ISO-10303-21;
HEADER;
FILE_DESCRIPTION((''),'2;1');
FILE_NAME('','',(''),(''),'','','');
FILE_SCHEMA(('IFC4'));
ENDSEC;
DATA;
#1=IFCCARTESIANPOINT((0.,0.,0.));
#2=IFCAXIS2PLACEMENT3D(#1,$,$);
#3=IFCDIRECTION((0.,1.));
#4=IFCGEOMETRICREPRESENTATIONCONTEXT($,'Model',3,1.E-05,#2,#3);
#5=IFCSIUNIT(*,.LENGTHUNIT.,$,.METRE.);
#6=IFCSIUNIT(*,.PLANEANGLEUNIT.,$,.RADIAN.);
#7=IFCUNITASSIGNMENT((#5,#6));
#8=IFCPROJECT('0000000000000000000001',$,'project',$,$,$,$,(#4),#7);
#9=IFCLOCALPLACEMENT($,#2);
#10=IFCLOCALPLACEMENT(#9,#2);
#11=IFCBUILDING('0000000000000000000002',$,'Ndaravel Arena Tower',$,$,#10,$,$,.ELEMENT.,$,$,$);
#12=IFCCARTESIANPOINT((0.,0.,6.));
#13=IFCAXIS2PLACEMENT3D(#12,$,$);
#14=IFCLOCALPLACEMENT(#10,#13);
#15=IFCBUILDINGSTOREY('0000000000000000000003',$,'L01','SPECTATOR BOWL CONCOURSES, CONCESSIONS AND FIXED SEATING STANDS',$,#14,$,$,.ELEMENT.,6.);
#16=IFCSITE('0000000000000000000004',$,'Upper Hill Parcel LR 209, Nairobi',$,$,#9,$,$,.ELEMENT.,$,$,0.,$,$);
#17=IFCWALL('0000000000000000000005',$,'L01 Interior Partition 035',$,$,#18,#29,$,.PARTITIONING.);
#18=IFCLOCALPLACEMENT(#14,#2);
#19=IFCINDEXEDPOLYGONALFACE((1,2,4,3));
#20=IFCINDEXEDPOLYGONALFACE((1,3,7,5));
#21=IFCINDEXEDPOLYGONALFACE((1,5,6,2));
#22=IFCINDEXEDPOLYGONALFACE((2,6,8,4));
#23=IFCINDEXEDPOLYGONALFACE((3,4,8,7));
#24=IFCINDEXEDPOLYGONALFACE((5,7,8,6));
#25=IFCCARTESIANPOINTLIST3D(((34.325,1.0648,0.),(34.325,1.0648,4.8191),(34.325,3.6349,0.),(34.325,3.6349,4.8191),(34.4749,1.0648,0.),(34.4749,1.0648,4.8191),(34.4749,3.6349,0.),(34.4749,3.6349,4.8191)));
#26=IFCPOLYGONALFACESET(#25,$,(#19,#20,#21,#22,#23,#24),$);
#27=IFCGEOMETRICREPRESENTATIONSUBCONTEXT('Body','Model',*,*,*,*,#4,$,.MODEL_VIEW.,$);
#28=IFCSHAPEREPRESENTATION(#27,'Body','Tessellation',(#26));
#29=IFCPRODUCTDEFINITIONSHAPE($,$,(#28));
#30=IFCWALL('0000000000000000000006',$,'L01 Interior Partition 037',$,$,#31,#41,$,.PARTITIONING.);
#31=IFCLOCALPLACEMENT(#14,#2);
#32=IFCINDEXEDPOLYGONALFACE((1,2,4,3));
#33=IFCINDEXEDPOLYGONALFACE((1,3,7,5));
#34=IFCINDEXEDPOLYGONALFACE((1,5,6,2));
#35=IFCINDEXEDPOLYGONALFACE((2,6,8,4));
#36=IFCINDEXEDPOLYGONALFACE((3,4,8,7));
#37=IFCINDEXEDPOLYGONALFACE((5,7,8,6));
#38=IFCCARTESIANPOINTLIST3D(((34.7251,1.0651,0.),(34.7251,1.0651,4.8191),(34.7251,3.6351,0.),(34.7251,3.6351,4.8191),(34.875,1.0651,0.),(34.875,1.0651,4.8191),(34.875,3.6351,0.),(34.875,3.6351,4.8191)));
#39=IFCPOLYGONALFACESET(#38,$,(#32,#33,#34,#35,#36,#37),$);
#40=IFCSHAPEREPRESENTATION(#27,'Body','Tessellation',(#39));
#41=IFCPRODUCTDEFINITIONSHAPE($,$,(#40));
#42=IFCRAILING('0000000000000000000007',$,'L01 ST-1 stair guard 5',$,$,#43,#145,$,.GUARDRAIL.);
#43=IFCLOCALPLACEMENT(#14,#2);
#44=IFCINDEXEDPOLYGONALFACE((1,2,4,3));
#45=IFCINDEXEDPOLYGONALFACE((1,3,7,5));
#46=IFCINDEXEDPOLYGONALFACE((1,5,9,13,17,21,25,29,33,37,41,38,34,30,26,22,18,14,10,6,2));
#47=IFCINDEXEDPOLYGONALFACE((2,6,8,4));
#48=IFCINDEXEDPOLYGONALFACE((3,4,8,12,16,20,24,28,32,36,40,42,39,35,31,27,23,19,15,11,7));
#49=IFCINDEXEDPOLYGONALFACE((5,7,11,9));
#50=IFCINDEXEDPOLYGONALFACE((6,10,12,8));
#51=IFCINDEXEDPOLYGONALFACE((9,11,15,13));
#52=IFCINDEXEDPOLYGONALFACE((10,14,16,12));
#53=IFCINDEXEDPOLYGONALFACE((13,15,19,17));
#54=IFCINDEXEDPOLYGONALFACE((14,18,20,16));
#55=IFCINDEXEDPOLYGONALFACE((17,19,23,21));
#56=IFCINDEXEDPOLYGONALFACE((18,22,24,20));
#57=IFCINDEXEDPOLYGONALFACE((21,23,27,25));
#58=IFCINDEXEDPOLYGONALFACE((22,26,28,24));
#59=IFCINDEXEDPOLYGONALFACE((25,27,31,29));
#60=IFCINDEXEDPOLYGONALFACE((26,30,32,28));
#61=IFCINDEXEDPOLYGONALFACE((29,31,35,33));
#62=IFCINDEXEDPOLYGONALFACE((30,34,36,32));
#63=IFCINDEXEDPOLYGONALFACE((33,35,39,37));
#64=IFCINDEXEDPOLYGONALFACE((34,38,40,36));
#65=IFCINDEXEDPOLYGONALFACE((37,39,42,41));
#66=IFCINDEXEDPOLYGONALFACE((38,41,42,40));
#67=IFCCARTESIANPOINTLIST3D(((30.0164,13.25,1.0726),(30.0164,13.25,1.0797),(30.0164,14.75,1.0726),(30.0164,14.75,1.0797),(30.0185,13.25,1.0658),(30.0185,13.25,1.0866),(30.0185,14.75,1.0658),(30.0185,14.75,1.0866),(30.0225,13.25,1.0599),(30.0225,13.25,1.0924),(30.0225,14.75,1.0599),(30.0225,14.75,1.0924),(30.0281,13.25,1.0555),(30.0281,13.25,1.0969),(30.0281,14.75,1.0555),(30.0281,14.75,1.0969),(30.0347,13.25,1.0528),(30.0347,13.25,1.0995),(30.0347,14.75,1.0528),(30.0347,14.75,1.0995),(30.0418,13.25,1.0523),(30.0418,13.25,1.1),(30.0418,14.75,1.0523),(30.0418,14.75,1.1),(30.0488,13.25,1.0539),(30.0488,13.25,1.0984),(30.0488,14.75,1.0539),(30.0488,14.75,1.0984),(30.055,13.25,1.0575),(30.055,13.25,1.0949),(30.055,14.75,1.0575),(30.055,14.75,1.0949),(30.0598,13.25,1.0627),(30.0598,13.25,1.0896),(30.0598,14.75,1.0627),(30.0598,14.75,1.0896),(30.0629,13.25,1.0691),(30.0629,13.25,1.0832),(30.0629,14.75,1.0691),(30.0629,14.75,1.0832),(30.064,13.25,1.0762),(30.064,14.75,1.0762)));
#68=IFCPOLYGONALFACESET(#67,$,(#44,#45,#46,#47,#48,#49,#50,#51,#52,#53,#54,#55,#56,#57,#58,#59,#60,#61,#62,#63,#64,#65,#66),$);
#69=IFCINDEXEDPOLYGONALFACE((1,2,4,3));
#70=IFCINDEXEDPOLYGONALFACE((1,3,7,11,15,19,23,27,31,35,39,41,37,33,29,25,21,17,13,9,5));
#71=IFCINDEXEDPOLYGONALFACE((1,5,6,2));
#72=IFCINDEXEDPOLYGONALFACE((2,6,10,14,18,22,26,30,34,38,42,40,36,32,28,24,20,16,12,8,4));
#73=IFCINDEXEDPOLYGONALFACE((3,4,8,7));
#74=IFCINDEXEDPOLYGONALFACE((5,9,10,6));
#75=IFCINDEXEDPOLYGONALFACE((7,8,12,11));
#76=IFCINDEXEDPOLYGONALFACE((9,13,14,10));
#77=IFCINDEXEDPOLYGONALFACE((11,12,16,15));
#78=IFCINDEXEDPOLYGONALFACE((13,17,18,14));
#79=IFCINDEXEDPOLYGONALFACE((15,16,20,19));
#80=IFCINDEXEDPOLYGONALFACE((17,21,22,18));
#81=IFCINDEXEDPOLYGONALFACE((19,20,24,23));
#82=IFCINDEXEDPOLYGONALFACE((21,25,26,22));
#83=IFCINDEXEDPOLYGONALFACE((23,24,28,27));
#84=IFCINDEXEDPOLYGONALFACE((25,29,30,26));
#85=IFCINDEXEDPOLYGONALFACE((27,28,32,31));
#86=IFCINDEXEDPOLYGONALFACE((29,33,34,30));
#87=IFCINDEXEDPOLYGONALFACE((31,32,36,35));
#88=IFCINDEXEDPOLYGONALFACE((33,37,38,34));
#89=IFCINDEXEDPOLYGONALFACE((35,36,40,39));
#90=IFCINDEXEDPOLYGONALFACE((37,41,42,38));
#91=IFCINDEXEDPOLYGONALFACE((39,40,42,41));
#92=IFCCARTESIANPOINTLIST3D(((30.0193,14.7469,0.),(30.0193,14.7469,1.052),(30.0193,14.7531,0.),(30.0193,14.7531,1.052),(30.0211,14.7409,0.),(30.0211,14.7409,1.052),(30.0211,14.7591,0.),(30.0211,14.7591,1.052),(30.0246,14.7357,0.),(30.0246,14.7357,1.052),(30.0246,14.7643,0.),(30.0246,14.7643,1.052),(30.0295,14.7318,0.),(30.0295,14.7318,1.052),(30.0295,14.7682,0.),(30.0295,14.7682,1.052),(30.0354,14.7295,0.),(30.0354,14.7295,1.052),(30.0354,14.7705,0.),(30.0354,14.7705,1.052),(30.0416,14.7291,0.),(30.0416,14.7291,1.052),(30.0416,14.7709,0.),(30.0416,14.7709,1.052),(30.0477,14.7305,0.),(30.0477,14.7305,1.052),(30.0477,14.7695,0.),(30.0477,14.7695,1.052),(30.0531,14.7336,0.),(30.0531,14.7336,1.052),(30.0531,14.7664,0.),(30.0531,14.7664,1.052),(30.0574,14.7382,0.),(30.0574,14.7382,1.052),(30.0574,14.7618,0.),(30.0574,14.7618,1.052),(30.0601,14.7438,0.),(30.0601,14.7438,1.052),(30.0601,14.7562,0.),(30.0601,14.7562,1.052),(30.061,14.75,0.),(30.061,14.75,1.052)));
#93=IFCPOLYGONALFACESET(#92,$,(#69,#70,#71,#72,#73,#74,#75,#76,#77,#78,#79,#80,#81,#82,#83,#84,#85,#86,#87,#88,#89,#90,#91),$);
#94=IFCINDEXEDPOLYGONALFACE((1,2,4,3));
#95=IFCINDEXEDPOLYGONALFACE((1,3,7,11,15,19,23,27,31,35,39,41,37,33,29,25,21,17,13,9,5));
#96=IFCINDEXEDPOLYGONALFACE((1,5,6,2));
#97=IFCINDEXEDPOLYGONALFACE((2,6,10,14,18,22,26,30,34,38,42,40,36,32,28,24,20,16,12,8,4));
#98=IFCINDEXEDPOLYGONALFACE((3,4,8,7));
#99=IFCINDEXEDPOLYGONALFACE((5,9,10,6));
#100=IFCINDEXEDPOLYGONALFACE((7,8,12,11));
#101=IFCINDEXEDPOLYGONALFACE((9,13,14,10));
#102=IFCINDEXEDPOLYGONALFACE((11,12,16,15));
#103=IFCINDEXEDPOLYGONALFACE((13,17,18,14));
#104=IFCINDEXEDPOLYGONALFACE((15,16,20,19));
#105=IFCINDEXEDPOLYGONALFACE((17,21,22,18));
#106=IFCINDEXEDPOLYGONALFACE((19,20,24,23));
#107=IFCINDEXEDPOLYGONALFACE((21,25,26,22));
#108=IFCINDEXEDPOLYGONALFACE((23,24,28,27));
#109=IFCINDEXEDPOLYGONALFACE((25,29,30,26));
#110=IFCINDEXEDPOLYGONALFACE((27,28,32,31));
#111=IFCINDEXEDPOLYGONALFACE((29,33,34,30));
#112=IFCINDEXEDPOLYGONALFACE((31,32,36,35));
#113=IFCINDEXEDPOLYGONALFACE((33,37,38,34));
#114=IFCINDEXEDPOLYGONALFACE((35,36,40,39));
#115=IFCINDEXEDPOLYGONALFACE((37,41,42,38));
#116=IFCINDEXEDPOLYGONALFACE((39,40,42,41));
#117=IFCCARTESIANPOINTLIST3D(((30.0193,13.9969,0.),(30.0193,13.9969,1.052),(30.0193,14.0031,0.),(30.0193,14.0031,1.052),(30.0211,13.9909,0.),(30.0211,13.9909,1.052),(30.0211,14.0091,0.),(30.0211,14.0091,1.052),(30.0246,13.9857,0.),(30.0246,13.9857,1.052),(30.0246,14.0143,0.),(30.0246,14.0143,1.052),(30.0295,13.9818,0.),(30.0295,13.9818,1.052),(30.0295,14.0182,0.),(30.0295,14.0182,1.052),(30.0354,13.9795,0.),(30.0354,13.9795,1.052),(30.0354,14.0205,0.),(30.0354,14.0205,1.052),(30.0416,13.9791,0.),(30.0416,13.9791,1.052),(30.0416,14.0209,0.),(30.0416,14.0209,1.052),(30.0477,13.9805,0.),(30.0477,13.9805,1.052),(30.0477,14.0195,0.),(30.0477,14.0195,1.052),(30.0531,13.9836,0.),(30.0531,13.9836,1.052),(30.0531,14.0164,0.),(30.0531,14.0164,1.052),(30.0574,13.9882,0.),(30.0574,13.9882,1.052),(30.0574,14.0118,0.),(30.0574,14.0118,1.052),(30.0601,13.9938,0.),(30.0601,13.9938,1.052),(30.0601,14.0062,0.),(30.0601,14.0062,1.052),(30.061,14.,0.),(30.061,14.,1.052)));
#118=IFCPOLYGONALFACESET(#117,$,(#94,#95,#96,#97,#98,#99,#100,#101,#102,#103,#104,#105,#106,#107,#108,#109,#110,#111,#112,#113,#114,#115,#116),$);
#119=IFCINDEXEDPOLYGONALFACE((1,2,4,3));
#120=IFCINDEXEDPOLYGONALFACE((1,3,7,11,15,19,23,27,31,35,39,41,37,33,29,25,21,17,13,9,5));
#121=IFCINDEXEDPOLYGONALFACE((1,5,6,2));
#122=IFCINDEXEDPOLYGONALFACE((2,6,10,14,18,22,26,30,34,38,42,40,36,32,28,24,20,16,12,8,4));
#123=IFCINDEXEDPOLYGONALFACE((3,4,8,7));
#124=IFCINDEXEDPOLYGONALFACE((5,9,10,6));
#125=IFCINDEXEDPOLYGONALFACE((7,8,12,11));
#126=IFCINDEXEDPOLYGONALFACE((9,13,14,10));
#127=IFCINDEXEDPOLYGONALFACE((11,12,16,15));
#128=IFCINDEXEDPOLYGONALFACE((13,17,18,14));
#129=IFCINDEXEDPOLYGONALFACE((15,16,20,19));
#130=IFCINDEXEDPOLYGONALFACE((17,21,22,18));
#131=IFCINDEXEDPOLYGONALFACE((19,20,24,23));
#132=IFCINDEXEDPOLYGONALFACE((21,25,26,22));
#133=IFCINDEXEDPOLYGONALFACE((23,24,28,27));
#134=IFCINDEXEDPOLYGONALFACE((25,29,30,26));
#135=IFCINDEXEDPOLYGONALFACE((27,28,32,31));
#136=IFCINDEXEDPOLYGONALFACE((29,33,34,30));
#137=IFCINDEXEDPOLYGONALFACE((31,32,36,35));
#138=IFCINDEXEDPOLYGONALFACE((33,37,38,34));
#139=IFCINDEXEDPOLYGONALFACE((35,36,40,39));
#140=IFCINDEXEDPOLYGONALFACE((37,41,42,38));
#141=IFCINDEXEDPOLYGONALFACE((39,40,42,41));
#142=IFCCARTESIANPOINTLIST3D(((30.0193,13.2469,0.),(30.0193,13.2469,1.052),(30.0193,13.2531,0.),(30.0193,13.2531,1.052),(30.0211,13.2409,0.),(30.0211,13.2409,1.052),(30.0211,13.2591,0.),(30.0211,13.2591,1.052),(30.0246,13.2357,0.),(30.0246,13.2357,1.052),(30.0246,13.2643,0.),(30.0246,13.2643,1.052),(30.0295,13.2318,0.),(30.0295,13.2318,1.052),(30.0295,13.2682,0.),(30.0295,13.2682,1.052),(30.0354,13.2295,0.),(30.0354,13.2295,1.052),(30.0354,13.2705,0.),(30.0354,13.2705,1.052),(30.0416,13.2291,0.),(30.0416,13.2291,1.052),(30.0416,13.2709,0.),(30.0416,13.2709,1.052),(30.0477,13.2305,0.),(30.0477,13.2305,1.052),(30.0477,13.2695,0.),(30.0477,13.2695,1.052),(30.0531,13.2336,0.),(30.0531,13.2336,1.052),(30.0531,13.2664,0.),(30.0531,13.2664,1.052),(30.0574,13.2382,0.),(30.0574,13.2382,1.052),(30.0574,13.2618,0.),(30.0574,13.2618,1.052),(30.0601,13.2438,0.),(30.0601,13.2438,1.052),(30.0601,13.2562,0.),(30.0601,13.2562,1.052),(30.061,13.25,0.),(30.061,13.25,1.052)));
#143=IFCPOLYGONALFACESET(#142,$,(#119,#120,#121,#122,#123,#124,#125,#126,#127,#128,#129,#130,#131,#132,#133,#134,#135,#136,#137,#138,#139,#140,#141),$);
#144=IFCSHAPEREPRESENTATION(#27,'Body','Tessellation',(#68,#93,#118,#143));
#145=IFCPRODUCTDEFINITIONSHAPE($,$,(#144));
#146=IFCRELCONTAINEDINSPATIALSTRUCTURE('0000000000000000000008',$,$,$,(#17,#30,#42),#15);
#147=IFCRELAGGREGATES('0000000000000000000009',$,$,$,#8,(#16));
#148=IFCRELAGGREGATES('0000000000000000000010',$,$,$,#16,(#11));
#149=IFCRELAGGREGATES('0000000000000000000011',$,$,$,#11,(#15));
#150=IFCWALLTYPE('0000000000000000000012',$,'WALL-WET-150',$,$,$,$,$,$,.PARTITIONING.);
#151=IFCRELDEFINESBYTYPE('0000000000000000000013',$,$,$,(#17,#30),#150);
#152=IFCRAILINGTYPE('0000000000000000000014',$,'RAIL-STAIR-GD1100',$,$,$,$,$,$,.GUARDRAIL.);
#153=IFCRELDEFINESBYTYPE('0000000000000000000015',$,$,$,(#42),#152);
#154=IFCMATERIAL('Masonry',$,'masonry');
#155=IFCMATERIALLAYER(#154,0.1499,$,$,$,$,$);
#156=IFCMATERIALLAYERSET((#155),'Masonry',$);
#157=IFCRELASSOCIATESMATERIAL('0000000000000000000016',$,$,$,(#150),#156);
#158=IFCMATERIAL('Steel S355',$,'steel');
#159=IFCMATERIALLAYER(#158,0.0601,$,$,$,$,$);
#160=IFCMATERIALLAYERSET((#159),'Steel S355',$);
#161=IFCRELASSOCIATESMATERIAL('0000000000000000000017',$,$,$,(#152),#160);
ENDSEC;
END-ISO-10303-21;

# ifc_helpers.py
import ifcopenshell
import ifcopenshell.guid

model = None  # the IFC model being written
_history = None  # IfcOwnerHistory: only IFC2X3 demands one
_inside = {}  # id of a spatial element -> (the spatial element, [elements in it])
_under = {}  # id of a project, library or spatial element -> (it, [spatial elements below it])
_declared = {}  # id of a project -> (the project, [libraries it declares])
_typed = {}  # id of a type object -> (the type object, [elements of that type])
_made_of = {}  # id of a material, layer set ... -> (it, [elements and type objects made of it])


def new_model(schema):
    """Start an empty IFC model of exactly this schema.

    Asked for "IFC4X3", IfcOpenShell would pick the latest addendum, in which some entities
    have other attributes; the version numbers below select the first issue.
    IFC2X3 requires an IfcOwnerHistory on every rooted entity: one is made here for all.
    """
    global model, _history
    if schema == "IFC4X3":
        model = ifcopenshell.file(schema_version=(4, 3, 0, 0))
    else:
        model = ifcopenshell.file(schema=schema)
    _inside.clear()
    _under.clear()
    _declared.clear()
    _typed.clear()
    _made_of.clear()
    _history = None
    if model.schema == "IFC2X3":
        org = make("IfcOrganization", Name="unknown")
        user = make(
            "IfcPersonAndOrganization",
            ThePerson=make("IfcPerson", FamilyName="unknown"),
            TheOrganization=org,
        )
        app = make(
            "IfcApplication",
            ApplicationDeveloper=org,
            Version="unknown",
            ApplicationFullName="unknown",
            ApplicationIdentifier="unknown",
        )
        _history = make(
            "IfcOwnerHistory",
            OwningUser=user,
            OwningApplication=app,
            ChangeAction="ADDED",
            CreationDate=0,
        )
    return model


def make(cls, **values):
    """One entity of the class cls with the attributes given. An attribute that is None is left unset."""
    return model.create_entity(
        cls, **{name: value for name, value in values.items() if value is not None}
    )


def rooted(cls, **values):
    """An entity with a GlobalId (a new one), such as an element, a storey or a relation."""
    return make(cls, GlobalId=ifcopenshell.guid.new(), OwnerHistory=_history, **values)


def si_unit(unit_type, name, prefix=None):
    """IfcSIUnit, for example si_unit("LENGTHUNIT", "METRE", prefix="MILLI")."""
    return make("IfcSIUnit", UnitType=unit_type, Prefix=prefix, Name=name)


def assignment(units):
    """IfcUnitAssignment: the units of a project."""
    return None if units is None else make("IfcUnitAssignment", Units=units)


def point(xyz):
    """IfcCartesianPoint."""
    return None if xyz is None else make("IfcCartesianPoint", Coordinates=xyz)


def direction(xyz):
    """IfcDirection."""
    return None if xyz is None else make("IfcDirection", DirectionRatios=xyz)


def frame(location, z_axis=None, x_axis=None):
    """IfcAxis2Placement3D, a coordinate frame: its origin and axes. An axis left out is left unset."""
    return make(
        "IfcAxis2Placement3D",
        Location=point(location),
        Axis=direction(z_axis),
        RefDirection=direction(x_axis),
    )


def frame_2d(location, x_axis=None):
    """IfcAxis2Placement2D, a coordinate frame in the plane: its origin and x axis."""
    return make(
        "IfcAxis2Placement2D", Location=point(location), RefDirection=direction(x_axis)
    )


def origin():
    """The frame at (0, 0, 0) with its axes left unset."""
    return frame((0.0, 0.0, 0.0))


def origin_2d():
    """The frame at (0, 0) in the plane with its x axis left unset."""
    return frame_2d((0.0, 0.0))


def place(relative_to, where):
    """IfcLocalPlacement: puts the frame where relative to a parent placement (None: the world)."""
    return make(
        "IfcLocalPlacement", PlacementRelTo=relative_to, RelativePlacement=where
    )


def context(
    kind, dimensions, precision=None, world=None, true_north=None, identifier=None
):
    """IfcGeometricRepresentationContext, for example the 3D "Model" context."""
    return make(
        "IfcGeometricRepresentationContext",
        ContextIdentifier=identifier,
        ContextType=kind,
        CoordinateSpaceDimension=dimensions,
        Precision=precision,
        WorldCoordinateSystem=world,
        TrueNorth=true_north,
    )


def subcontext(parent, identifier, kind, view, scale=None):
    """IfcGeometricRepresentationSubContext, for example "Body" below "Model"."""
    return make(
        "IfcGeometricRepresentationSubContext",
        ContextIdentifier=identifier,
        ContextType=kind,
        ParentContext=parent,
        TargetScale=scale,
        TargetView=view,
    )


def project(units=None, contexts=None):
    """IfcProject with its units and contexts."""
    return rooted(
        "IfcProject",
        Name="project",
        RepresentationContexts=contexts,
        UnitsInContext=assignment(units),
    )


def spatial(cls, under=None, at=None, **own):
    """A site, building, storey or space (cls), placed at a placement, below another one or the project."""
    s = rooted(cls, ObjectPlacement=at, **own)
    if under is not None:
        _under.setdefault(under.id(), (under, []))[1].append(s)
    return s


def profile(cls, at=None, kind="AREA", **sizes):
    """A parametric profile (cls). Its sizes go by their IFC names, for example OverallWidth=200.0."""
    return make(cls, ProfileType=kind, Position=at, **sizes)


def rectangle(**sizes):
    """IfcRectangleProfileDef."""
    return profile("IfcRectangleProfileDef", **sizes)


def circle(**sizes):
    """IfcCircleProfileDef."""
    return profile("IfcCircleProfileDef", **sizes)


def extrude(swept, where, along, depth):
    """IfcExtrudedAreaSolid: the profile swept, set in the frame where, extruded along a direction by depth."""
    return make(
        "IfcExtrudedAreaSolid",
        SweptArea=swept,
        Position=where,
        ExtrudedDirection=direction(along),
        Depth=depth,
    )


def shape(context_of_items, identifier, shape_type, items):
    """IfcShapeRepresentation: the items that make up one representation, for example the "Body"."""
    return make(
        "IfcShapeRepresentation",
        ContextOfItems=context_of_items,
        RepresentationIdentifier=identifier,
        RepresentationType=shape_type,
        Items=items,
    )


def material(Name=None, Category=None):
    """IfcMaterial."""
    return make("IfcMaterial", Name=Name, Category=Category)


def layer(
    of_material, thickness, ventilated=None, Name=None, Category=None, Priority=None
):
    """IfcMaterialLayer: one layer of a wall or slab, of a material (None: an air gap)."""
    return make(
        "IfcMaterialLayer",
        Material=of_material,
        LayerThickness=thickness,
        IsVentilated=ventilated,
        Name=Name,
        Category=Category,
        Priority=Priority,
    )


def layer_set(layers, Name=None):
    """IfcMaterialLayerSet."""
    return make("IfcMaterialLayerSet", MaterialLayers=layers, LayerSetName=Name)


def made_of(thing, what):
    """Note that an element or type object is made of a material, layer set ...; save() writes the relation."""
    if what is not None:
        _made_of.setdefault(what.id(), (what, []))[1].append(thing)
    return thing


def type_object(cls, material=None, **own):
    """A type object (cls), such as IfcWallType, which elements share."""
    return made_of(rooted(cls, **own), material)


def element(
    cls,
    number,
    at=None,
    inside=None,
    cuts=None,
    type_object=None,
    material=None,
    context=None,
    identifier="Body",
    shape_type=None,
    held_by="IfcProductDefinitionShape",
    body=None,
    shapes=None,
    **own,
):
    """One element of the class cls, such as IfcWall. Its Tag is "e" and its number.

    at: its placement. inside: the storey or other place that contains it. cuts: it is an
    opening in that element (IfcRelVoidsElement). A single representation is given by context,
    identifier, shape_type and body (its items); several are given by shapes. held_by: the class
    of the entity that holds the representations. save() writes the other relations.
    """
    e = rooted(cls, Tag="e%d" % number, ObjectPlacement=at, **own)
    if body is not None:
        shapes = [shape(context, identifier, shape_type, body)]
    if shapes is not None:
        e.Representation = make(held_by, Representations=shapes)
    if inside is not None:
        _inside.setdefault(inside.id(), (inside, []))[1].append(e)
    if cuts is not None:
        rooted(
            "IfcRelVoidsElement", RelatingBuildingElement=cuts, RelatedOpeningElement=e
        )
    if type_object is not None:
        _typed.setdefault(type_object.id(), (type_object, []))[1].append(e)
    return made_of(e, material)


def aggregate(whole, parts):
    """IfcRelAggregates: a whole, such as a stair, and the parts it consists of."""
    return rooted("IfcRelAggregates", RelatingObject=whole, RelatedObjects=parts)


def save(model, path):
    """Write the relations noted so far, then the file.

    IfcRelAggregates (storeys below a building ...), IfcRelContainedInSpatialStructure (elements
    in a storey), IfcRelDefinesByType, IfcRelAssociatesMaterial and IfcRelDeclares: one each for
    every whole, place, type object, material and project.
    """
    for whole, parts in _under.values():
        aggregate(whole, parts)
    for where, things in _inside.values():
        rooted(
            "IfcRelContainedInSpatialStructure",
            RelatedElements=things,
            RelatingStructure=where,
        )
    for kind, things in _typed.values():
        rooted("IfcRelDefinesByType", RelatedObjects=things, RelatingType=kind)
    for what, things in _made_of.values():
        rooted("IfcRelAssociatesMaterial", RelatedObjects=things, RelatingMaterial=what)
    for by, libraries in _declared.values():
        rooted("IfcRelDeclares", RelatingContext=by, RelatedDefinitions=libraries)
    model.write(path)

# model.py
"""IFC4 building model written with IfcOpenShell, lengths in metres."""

from ifc_helpers import new_model, si_unit, direction, frame, frame_2d, origin, origin_2d, place, context, subcontext, project, spatial, rectangle, circle, extrude, material, layer, layer_set, type_object, element, save


model = new_model("IFC4")

# Units and contexts
model_context = context("Model", 3, precision=1e-05, world=origin(), true_north=direction((0.0, 1.0)))
body_context = subcontext(model_context, "Body", "Model", "MODEL_VIEW")
ifc_project = project(units=[si_unit("LENGTHUNIT", "METRE"), si_unit("PLANEANGLEUNIT", "RADIAN")], contexts=[model_context])

# Site, building, storey
site_placement = place(None, origin())
site = spatial("IfcSite", under=ifc_project, at=site_placement, Name="Upper Hill Parcel LR 209, Nairobi", CompositionType="ELEMENT", RefElevation=0.0)
building_placement = place(site_placement, origin())
building = spatial("IfcBuilding", under=site, at=building_placement, Name="Ndaravel Arena Tower", CompositionType="ELEMENT")
storey_placement = place(building_placement, frame((0.0, 0.0, 6.0)))
storey = spatial("IfcBuildingStorey", under=building, at=storey_placement, Name="L01", Description="SPECTATOR BOWL CONCOURSES, CONCESSIONS AND FIXED SEATING STANDS", CompositionType="ELEMENT", Elevation=6.0)

# Shared definitions
ifc_material_1 = material(Name="Masonry", Category="masonry")
ifc_layer_1 = layer(ifc_material_1, 0.1499)
ifc_layer_set_1 = layer_set([ifc_layer_1], Name="Masonry")
wall_type_1 = type_object("IfcWallType", Name="WALL-WET-150", PredefinedType="PARTITIONING", material=ifc_layer_set_1)

# Walls
for number, where, z_axis, x_axis, name in (
    (1, (34.3999, 3.635, 0.0), (0.0, 0.0, 1.0), (0.0, -1.0, 0.0), "L01 Interior Partition 035"),
    (2, (34.8, 1.0649, 0.0), (0.0, 0.0, 1.0), (0.0, 1.0, 0.0), "L01 Interior Partition 037"),
):
    element("IfcWall", number, at=place(storey_placement, frame(where, z_axis=z_axis, x_axis=x_axis)), inside=storey, type_object=wall_type_1, Name=name, PredefinedType="PARTITIONING", context=body_context, shape_type="SweptSolid", body=[
        extrude(rectangle(XDim=2.5701, YDim=0.1499, at=frame_2d((1.2852, 0.0))), origin(), (0.0, 0.0, 1.0), 4.8191),
    ])

# Railing
ifc_material_2 = material(Name="Steel S355", Category="steel")
ifc_layer_2 = layer(ifc_material_2, 0.0601)
ifc_layer_set_2 = layer_set([ifc_layer_2], Name="Steel S355")
railing_type_1 = type_object("IfcRailingType", Name="RAIL-STAIR-GD1100", PredefinedType="GUARDRAIL", material=ifc_layer_set_2)
railing_1_placement = place(storey_placement, frame((30.04, 14.75, 0.0)))
element("IfcRailing", 3, at=railing_1_placement, inside=storey, type_object=railing_type_1, Name="L01 ST-1 stair guard 5", PredefinedType="GUARDRAIL", context=body_context, shape_type="SweptSolid", body=[
    extrude(circle(Radius=0.0239, at=origin_2d()), frame((0.0, 0.0, 1.0762), z_axis=(0.0, -1.0, 0.0), x_axis=(1.0, 0.0, 0.0)), (0.0, 0.0, 1.0), 1.5),
    extrude(circle(Radius=0.021, at=origin_2d()), origin(), (0.0, 0.0, 1.0), 1.052),
    extrude(circle(Radius=0.021, at=origin_2d()), frame((0.0, -0.75, 0.0)), (0.0, 0.0, 1.0), 1.052),
    extrude(circle(Radius=0.021, at=origin_2d()), frame((0.0, -1.5, 0.0)), (0.0, 0.0, 1.0), 1.052),
])

save(model, "model.ifc")
